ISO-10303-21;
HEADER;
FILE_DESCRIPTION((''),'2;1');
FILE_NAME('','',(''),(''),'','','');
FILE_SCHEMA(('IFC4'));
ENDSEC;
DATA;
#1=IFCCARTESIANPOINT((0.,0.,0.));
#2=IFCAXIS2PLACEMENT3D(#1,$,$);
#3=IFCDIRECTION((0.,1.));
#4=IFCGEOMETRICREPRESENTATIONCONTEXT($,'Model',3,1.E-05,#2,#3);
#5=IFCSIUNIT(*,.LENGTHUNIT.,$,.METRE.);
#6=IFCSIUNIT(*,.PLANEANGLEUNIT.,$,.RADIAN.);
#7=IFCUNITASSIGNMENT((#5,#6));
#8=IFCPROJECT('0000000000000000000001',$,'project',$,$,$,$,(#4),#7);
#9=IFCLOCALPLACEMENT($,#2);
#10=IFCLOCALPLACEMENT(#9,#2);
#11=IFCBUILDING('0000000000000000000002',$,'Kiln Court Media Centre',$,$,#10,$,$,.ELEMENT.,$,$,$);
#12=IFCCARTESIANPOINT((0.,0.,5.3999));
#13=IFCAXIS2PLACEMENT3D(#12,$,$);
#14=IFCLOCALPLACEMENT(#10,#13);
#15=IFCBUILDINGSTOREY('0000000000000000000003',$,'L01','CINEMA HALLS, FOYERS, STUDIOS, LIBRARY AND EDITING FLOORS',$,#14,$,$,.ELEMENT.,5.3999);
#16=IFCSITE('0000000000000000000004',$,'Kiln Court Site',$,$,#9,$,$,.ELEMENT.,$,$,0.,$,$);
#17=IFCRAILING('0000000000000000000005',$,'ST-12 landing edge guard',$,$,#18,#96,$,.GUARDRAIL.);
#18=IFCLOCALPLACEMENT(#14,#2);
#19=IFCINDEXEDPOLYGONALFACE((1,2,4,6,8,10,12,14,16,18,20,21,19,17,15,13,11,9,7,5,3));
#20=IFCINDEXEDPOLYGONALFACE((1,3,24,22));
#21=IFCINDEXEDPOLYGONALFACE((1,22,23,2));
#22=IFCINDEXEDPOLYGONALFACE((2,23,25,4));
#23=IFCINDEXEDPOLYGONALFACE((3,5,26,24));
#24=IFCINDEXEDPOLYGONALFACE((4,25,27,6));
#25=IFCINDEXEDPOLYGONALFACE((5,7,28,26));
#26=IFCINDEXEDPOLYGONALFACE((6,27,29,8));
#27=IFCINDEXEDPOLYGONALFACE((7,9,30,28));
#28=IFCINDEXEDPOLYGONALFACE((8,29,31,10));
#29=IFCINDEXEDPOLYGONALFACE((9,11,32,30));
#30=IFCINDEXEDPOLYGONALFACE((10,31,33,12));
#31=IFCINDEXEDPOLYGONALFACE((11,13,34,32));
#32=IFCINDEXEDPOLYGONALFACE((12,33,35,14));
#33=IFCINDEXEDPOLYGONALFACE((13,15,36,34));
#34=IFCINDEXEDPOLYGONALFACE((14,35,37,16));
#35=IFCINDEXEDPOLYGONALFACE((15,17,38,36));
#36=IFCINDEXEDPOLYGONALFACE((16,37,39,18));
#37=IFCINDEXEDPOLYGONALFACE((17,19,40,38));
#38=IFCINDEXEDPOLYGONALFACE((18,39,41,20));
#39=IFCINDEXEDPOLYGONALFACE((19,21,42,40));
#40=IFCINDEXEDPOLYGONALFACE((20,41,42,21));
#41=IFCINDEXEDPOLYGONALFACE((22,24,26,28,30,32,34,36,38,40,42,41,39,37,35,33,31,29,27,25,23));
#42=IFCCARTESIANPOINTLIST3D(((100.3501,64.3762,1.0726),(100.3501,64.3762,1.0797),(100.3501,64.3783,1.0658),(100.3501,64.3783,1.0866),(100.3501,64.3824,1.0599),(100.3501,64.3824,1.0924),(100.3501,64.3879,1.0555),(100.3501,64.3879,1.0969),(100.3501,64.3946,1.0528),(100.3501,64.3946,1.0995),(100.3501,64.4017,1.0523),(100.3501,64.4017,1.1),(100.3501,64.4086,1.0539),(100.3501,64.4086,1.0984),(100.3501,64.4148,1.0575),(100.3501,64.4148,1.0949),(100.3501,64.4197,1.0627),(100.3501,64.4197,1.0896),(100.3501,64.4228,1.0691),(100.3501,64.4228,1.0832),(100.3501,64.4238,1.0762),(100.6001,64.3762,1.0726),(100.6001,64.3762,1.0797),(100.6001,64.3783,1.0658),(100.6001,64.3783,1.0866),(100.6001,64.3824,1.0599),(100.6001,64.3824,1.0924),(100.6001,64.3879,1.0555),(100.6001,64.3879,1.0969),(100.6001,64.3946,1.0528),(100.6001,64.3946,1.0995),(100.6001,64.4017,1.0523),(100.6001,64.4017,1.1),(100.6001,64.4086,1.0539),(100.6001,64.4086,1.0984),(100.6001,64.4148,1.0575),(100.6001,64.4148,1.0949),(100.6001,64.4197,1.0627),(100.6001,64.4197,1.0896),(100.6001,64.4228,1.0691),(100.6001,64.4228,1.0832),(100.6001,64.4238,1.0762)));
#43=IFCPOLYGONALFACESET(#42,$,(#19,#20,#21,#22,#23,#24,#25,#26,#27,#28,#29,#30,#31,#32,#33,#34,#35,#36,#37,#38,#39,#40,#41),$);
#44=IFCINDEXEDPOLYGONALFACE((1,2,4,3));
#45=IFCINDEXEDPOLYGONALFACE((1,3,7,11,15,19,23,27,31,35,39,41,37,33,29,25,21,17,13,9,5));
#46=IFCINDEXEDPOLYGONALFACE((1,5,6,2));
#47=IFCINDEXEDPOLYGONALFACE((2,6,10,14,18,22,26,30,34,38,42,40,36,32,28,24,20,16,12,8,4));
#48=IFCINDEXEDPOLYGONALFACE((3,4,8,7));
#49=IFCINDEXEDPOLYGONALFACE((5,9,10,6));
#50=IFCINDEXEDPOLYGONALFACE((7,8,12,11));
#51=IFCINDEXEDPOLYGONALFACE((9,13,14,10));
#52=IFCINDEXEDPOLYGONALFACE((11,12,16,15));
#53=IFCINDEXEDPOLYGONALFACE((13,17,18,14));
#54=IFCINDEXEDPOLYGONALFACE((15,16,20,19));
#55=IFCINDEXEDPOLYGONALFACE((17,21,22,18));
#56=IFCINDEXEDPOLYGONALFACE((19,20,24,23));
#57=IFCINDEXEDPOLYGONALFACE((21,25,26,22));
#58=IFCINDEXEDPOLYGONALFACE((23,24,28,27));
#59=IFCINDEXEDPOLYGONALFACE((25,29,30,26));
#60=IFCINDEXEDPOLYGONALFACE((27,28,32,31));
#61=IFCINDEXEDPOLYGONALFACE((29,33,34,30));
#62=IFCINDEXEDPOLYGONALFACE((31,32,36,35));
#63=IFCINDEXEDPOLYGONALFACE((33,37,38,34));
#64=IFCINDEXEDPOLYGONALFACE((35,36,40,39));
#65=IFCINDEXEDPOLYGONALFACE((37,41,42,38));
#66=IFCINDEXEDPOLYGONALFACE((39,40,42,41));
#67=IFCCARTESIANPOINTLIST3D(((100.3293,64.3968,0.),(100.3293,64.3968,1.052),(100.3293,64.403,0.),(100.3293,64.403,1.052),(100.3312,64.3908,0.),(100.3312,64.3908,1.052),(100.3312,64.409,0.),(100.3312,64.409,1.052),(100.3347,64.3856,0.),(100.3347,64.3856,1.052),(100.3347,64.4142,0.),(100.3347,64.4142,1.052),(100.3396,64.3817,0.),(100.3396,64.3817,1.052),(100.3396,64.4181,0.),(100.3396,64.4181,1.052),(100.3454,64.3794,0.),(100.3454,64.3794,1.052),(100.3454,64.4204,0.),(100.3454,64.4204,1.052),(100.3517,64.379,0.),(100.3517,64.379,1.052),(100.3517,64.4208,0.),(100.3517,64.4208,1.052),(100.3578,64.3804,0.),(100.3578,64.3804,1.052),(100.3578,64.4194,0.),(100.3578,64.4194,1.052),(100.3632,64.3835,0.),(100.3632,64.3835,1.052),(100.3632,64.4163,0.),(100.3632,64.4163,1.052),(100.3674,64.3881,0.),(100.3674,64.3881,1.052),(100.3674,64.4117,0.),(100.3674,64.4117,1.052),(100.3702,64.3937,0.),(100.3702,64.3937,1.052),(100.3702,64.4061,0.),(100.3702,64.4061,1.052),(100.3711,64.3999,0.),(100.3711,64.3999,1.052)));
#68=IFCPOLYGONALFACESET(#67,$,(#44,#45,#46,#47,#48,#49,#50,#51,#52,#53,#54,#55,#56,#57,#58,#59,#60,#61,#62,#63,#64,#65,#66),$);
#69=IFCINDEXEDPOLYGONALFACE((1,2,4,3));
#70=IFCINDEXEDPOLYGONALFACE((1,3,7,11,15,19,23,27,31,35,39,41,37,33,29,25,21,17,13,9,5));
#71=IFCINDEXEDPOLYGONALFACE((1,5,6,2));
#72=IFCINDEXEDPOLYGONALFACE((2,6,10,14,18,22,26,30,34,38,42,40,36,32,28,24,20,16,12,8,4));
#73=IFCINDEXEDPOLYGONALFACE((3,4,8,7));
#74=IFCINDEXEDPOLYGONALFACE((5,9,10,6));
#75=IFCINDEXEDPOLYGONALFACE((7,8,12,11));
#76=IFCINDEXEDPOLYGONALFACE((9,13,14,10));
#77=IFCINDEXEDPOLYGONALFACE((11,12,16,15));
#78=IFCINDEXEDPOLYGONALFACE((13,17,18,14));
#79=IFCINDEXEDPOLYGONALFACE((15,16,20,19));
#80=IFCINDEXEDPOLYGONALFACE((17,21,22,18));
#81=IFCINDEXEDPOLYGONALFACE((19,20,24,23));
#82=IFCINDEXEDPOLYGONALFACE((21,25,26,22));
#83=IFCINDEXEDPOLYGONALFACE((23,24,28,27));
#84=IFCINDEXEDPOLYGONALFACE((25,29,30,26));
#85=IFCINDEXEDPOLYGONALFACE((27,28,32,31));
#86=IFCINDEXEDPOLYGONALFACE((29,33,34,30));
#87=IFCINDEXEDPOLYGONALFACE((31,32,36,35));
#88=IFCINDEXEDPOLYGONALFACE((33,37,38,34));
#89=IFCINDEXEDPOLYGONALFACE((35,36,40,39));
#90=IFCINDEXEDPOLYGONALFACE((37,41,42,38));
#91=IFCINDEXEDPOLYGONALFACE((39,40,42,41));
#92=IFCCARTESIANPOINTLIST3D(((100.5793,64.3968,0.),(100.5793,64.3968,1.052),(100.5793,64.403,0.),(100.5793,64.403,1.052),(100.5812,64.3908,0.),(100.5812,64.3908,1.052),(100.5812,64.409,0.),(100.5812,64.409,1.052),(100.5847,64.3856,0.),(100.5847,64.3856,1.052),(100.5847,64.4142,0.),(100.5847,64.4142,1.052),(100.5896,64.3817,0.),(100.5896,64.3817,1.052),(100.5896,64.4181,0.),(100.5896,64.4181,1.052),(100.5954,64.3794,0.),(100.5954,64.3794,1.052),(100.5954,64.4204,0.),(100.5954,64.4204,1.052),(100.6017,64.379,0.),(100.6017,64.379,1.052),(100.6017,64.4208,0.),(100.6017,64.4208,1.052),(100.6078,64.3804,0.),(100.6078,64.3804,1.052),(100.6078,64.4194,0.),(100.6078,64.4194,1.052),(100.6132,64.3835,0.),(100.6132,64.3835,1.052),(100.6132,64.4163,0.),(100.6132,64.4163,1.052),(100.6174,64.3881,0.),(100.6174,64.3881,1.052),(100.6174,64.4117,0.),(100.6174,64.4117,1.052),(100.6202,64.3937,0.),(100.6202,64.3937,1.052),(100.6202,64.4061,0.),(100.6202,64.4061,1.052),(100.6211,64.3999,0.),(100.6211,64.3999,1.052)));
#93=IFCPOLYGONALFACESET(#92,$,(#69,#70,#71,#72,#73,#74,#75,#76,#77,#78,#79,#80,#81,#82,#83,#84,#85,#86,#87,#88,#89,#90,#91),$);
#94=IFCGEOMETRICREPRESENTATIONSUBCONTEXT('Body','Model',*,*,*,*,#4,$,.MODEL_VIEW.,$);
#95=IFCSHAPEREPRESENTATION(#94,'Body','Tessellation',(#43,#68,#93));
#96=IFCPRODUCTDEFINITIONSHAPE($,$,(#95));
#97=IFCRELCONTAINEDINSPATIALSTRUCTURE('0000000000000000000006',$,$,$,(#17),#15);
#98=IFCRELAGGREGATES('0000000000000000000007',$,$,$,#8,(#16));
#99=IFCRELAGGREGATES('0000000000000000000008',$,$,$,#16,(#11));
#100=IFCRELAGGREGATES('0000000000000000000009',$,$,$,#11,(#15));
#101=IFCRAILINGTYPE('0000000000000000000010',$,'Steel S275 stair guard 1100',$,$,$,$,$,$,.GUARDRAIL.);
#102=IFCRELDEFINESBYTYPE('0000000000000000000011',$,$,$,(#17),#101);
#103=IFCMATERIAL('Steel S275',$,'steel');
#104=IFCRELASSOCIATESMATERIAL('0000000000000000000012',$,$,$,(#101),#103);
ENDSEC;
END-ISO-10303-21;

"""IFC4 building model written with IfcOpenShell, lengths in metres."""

from ifc_helpers import new_model, si_unit, direction, frame, origin, origin_2d, place, context, subcontext, project, spatial, circle, extrude, material, type_object, element, save


model = new_model("IFC4")

# Units and contexts
model_context = context("Model", 3, precision=1e-05, world=origin(), true_north=direction((0.0, 1.0)))
body_context = subcontext(model_context, "Body", "Model", "MODEL_VIEW")
ifc_project = project(units=[si_unit("LENGTHUNIT", "METRE"), si_unit("PLANEANGLEUNIT", "RADIAN")], contexts=[model_context])

# Site, building, storey
site_placement = place(None, origin())
site = spatial("IfcSite", under=ifc_project, at=site_placement, Name="Kiln Court Site", CompositionType="ELEMENT", RefElevation=0.0)
building_placement = place(site_placement, origin())
building = spatial("IfcBuilding", under=site, at=building_placement, Name="Kiln Court Media Centre", CompositionType="ELEMENT")
storey_placement = place(building_placement, frame((0.0, 0.0, 5.3999)))
storey = spatial("IfcBuildingStorey", under=building, at=storey_placement, Name="L01", Description="CINEMA HALLS, FOYERS, STUDIOS, LIBRARY AND EDITING FLOORS", CompositionType="ELEMENT", Elevation=5.3999)

# Railing
ifc_material_1 = material(Name="Steel S275", Category="steel")
railing_type_1 = type_object("IfcRailingType", Name="Steel S275 stair guard 1100", PredefinedType="GUARDRAIL", material=ifc_material_1)
for number, where, name in (
    (1, (100.3501, 64.3999, 0.0), "ST-12 landing edge guard"),
):
    element("IfcRailing", number, at=place(storey_placement, frame(where)), inside=storey, type_object=railing_type_1, Name=name, PredefinedType="GUARDRAIL", context=body_context, shape_type="SweptSolid", body=[
        extrude(circle(Radius=0.0239, at=origin_2d()), frame((0.0, 0.0, 1.0762), z_axis=(1.0, 0.0, 0.0), x_axis=(0.0, 1.0, 0.0)), (0.0, 0.0, 1.0), 0.25),
        extrude(circle(Radius=0.021, at=origin_2d()), origin(), (0.0, 0.0, 1.0), 1.052),
        extrude(circle(Radius=0.021, at=origin_2d()), frame((0.25, 0.0, 0.0)), (0.0, 0.0, 1.0), 1.052),
    ])

save(model, "model.ifc")
